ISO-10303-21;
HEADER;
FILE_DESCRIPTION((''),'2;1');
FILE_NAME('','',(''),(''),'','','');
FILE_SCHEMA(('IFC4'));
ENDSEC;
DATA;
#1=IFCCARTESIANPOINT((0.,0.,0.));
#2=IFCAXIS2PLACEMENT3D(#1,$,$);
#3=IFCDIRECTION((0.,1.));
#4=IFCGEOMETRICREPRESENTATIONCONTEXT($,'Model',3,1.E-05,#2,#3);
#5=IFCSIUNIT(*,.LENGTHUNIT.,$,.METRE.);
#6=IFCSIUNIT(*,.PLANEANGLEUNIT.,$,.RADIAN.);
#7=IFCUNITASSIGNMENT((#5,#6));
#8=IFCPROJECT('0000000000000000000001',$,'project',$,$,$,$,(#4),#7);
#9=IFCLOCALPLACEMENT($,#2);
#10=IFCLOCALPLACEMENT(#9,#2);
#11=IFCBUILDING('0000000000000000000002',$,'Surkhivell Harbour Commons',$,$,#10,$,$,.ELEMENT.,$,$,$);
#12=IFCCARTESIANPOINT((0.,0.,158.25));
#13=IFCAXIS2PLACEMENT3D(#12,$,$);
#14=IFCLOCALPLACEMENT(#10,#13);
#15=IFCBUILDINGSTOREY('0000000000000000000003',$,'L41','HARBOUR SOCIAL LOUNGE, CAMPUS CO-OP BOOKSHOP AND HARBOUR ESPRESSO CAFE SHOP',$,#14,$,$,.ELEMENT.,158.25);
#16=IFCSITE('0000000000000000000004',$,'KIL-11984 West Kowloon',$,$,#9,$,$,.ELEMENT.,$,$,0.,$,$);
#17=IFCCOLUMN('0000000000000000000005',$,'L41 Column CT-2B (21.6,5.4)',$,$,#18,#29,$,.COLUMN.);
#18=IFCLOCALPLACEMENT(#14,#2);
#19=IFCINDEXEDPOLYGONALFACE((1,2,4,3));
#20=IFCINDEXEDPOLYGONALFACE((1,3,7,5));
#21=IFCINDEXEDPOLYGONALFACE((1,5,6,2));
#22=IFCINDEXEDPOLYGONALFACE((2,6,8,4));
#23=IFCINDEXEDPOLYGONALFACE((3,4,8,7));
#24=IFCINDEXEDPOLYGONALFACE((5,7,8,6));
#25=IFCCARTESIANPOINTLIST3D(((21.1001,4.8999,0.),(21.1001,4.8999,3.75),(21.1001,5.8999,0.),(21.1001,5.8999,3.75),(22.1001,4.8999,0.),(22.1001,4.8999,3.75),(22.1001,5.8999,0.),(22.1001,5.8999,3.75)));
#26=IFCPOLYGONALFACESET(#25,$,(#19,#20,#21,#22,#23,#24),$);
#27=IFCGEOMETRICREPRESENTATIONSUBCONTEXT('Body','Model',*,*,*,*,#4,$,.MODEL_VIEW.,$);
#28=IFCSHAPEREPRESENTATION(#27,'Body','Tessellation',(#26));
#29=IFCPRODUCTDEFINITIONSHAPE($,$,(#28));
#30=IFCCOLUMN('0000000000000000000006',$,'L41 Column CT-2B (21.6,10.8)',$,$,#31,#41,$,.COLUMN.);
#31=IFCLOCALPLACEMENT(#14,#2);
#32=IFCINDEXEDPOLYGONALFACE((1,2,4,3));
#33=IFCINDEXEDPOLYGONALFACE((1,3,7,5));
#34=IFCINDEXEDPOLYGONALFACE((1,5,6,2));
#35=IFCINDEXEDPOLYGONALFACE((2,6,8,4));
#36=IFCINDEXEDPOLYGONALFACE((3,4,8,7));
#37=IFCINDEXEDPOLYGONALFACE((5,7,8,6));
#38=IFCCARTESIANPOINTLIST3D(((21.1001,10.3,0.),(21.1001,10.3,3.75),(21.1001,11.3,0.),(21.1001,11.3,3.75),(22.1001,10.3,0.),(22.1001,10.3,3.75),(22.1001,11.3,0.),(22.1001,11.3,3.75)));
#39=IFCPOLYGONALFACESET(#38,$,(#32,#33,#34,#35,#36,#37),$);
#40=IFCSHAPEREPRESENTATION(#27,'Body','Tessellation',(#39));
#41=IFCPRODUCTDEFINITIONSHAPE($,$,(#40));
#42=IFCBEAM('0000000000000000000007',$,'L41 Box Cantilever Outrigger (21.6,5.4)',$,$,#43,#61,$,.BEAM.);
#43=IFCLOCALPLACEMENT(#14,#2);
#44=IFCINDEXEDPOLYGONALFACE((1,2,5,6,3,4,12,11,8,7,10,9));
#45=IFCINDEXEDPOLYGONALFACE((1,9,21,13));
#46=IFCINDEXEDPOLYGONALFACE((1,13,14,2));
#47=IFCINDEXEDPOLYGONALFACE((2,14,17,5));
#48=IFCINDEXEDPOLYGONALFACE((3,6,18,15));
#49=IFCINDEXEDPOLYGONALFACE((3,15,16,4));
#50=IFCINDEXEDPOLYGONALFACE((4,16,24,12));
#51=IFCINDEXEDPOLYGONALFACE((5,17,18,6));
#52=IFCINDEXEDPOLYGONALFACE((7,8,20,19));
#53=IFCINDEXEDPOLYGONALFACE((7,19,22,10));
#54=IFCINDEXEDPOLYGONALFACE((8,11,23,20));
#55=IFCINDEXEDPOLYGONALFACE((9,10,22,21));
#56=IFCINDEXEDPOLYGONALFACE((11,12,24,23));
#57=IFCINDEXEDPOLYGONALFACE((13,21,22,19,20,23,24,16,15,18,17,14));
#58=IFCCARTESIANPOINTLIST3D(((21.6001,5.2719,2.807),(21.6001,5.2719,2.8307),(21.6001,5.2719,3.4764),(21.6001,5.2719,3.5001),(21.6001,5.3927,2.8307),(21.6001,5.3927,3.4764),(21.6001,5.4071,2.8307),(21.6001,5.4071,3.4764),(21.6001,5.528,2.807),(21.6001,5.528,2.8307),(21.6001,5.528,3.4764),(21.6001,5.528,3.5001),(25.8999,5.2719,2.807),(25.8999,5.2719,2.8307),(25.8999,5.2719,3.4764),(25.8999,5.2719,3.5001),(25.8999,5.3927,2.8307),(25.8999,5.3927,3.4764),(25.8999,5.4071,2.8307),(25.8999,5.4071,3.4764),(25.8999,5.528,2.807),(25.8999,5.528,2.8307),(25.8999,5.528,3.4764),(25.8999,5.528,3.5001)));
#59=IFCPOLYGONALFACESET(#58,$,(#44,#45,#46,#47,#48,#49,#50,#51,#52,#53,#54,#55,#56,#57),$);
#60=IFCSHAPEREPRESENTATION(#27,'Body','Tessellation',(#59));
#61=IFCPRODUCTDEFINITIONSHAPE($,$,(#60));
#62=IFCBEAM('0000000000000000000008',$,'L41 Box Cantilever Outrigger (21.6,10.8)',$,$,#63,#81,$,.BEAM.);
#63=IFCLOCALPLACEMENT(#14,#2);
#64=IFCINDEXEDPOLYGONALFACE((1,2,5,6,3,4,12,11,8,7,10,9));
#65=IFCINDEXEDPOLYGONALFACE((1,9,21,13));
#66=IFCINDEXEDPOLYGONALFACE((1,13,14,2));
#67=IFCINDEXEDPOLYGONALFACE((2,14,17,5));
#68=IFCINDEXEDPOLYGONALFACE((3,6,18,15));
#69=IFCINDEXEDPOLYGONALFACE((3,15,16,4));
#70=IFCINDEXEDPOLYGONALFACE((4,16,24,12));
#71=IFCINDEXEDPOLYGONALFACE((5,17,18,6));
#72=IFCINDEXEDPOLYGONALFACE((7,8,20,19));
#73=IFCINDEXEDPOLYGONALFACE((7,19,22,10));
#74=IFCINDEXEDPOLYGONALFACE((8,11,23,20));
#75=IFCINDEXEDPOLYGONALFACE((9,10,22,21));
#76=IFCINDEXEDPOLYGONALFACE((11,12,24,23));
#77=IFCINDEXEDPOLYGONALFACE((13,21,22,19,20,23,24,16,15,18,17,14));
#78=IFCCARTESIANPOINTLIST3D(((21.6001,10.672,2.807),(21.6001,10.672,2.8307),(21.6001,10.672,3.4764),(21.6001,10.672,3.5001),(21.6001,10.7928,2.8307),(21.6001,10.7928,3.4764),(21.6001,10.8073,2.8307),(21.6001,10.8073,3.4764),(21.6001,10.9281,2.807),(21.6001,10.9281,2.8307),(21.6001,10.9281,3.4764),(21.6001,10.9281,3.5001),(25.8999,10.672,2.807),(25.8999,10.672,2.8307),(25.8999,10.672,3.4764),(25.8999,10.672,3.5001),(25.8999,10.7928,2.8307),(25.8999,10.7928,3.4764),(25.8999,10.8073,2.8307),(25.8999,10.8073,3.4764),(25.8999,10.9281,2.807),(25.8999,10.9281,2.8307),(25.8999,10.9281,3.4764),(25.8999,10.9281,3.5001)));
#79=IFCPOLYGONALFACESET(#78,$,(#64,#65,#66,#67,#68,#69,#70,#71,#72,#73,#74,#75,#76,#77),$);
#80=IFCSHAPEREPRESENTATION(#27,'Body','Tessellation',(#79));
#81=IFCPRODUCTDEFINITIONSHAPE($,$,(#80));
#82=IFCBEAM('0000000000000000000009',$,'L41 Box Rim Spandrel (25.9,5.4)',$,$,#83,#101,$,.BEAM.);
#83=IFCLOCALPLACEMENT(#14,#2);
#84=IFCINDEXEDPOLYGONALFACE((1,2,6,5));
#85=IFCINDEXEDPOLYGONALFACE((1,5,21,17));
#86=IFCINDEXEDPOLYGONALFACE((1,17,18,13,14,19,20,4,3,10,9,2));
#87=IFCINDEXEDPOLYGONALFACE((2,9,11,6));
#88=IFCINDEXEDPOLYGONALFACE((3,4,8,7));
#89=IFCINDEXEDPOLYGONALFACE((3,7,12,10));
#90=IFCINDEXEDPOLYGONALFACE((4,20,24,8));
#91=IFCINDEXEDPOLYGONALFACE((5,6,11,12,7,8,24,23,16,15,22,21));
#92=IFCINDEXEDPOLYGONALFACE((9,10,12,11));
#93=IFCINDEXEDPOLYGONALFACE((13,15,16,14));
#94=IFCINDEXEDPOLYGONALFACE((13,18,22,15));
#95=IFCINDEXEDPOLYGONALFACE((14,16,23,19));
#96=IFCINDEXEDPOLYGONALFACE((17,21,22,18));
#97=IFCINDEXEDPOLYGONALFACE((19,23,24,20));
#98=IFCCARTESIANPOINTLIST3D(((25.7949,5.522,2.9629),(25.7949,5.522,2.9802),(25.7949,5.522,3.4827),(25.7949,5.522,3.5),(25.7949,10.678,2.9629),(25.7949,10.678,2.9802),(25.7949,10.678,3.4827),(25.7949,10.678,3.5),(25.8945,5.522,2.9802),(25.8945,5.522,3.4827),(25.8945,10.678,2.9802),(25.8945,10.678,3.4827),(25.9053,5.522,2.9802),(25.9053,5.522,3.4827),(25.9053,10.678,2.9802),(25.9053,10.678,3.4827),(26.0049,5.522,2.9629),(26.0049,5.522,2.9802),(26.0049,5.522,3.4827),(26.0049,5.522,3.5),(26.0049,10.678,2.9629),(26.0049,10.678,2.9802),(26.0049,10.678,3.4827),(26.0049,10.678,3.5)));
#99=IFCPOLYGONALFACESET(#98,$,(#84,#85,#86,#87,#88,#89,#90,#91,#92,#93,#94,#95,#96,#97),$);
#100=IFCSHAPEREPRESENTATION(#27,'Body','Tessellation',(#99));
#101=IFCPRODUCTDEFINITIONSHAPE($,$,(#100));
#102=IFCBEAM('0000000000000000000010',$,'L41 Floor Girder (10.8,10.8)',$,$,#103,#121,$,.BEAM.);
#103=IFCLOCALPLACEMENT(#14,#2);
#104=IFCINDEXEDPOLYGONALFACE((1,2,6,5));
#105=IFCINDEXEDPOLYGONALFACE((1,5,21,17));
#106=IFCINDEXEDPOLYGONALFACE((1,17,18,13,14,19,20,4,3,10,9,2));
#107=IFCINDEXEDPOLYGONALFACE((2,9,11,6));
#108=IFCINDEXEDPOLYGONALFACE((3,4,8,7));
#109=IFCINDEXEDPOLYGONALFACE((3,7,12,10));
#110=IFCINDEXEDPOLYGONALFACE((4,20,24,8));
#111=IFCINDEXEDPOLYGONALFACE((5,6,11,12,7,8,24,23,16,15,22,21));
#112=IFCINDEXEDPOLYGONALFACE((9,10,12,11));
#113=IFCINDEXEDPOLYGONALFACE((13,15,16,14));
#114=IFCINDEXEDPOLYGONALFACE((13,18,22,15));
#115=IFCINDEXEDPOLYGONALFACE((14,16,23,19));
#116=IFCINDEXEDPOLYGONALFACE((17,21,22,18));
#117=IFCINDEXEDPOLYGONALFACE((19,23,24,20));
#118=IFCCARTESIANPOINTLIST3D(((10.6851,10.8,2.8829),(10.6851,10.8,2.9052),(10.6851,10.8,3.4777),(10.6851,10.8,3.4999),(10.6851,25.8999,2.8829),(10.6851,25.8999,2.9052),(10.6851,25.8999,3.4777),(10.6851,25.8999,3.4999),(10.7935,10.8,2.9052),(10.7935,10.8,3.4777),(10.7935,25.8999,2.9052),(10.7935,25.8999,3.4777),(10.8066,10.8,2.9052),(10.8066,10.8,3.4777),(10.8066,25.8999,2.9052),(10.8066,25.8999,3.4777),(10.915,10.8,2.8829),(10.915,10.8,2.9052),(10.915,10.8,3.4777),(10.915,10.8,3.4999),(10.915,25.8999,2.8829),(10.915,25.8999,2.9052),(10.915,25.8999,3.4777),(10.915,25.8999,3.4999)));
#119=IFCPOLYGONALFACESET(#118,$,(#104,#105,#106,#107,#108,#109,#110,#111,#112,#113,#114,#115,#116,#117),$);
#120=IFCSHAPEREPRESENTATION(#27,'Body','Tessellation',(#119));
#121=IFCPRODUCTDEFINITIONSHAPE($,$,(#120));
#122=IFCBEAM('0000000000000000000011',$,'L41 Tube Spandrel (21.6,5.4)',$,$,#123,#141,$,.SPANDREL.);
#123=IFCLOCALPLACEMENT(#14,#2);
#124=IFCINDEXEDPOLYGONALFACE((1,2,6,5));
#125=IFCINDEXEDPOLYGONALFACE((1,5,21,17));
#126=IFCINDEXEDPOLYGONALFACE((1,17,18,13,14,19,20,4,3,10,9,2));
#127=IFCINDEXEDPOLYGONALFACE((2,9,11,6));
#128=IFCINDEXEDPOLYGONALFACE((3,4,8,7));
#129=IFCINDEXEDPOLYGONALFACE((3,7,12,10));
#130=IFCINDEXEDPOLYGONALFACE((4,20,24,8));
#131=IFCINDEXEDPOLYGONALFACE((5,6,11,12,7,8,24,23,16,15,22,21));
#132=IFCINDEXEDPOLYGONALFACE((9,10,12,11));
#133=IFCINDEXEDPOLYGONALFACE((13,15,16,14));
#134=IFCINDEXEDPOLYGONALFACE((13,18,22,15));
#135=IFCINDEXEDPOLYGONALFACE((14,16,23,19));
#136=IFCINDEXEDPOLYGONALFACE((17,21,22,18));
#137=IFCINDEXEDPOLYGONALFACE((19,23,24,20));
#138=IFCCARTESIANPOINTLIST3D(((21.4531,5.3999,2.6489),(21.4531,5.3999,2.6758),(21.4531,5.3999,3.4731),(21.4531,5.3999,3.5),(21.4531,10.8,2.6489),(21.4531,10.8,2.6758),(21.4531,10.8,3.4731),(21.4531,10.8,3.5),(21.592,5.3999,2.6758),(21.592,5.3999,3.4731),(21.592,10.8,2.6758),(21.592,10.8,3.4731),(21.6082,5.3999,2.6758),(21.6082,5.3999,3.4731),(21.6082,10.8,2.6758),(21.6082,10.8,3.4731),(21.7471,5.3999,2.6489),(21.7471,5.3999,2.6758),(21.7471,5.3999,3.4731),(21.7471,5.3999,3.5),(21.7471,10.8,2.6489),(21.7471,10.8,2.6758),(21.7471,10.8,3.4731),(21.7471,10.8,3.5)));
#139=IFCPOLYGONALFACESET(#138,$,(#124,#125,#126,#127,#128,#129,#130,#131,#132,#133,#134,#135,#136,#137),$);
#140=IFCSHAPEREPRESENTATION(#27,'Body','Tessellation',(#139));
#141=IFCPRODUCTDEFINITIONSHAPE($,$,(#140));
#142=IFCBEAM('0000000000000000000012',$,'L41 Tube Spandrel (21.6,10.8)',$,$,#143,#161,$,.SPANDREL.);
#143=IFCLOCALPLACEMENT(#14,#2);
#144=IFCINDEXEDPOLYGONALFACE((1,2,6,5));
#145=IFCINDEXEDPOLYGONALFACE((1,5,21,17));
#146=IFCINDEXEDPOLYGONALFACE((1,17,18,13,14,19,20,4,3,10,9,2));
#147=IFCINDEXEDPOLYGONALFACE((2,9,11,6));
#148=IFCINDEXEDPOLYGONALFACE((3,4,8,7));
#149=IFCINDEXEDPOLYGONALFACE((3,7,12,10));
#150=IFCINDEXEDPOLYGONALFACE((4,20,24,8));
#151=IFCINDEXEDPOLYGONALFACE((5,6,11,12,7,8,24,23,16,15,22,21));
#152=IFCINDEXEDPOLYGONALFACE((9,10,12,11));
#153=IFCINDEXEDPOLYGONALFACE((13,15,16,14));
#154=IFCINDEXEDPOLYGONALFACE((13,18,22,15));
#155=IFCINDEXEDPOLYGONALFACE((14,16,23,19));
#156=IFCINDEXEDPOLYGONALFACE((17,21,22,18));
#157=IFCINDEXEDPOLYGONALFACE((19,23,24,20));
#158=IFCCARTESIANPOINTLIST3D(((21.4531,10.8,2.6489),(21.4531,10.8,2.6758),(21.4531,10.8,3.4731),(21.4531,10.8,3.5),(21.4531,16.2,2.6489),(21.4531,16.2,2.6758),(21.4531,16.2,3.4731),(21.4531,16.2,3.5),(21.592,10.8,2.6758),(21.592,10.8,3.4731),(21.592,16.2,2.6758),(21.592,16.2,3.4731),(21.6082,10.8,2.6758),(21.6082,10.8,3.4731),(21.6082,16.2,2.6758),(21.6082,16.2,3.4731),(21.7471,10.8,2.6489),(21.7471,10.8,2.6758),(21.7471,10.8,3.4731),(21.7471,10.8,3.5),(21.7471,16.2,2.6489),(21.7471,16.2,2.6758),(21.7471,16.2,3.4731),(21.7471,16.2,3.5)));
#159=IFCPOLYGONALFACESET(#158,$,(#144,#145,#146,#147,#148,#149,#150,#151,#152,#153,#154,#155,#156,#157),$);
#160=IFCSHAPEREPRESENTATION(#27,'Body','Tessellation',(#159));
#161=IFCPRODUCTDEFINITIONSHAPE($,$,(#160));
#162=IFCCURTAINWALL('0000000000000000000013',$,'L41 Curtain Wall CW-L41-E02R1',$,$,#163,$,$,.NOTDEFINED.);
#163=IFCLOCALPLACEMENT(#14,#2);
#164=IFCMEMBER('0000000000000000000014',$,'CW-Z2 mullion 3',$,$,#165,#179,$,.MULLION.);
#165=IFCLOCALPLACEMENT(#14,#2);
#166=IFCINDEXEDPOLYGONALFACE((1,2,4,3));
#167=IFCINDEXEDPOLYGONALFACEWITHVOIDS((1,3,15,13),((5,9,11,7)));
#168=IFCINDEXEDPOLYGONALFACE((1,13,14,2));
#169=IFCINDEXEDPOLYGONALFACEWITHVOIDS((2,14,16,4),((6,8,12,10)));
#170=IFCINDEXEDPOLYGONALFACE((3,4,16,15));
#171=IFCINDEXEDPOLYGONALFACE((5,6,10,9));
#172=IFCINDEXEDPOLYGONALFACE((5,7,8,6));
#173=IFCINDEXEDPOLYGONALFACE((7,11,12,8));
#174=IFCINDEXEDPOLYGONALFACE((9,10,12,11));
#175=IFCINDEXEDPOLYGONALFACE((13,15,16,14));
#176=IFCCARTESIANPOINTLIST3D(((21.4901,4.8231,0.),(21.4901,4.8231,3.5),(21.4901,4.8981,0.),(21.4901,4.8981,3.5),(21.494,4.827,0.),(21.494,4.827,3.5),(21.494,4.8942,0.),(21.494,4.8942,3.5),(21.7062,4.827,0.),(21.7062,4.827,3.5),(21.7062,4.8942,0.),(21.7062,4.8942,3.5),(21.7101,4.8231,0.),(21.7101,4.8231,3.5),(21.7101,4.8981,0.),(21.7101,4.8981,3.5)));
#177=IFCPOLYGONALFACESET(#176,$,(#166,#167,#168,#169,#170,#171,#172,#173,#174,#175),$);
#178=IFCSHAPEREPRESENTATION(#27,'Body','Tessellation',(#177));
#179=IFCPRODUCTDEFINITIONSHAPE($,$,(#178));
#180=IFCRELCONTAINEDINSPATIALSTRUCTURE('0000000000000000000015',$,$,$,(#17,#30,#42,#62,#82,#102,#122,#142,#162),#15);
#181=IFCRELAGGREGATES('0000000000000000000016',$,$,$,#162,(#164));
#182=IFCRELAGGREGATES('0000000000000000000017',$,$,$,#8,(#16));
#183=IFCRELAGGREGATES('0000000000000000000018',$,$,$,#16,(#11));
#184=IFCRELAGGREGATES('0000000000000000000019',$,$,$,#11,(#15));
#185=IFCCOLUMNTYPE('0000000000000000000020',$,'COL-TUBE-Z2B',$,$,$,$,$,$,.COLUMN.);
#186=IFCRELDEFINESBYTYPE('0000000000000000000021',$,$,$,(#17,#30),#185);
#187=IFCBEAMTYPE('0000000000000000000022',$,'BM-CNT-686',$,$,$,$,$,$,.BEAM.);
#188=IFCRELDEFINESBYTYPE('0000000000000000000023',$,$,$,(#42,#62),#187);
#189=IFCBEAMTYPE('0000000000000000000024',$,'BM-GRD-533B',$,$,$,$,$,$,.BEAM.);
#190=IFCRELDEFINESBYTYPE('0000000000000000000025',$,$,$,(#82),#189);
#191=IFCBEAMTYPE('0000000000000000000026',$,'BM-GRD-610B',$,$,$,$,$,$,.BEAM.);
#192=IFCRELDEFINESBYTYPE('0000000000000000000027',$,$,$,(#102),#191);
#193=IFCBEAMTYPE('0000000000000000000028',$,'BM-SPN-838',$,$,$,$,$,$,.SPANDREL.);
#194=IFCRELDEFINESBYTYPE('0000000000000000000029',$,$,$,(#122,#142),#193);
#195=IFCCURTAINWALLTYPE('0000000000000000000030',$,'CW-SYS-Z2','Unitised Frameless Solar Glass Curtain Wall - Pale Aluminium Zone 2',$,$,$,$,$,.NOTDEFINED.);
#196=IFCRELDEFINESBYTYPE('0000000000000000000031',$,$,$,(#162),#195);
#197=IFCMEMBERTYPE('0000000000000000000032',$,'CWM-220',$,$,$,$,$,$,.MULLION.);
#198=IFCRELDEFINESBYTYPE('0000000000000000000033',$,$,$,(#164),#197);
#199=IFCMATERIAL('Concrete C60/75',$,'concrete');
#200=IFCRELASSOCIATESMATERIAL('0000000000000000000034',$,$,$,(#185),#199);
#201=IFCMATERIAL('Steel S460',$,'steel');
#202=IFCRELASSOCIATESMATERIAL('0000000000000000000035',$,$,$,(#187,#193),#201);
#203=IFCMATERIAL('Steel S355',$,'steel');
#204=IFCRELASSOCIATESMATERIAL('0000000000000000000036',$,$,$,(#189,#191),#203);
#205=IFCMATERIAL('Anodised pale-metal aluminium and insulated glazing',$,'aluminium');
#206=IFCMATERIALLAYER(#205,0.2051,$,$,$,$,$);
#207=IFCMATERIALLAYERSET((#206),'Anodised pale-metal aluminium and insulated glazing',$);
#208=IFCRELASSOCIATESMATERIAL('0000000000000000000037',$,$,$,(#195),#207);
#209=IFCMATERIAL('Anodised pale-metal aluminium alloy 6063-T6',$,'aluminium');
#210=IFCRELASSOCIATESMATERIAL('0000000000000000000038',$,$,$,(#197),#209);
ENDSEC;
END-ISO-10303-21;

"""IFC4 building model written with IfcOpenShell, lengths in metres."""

from ifc_helpers import new_model, si_unit, direction, frame, origin, origin_2d, place, context, subcontext, project, spatial, rectangle, hollow_rectangle, i_section, extrude, material, layer, layer_set, material_profile, profile_set, type_object, element, aggregate, save


model = new_model("IFC4")

# Units and contexts
model_context = context("Model", 3, precision=1e-05, world=origin(), true_north=direction((0.0, 1.0)))
body_context = subcontext(model_context, "Body", "Model", "MODEL_VIEW")
ifc_project = project(units=[si_unit("LENGTHUNIT", "METRE"), si_unit("PLANEANGLEUNIT", "RADIAN")], contexts=[model_context])

# Site, building, storey
site_placement = place(None, origin())
site = spatial("IfcSite", under=ifc_project, at=site_placement, Name="KIL-11984 West Kowloon", CompositionType="ELEMENT", RefElevation=0.0)
building_placement = place(site_placement, origin())
building = spatial("IfcBuilding", under=site, at=building_placement, Name="Surkhivell Harbour Commons", CompositionType="ELEMENT")
storey_placement = place(building_placement, frame((0.0, 0.0, 158.25)))
storey = spatial("IfcBuildingStorey", under=building, at=storey_placement, Name="L41", Description="HARBOUR SOCIAL LOUNGE, CAMPUS CO-OP BOOKSHOP AND HARBOUR ESPRESSO CAFE SHOP", CompositionType="ELEMENT", Elevation=158.25)

# Columns
ifc_material_1 = material(Name="Concrete C60/75", Category="concrete")
ifc_material_profile_1 = material_profile(ifc_material_1, rectangle(XDim=1.0, YDim=1.0, at=origin_2d()), Name="RC-COL-1000x1000")
ifc_profile_set_1 = profile_set([ifc_material_profile_1], Name="Concrete C60/75")
column_type = type_object("IfcColumnType", Name="COL-TUBE-Z2B", PredefinedType="COLUMN", material=ifc_profile_set_1)
for number, where, z_axis, x_axis, name in (
    (1, (21.6001, 5.3999, 0.0), (0.0, 0.0, 1.0), (1.0, 0.0, 0.0), "L41 Column CT-2B (21.6,5.4)"),
    (2, (21.6001, 10.8, 0.0), (0.0, 0.0, 1.0), (1.0, 0.0, 0.0), "L41 Column CT-2B (21.6,10.8)"),
):
    element("IfcColumn", number, at=place(storey_placement, frame(where, z_axis=z_axis, x_axis=x_axis)), inside=storey, type_object=column_type, Name=name, PredefinedType="COLUMN", context=body_context, shape_type="SweptSolid", body=[
        extrude(rectangle(XDim=1.0, YDim=1.0, at=origin_2d()), origin(), (0.0, 0.0, 1.0), 3.75),
    ])

# Beams
ifc_material_2 = material(Name="Steel S460", Category="steel")
ifc_material_profile_2 = material_profile(ifc_material_2, i_section(OverallWidth=0.2561, OverallDepth=0.6931, WebThickness=0.0144, FlangeThickness=0.0237, at=origin_2d()), Name="UB686x254x170")
ifc_profile_set_2 = profile_set([ifc_material_profile_2], Name="Steel S460")
beam_type_1 = type_object("IfcBeamType", Name="BM-CNT-686", PredefinedType="BEAM", material=ifc_profile_set_2)
for number, where, z_axis, x_axis, name in (
    (3, (21.6001, 5.3999, 3.1536), (1.0, 0.0, 0.0), (0.0, 1.0, 0.0), "L41 Box Cantilever Outrigger (21.6,5.4)"),
    (4, (21.6001, 10.8, 3.1536), (1.0, 0.0, 0.0), (0.0, 1.0, 0.0), "L41 Box Cantilever Outrigger (21.6,10.8)"),
):
    element("IfcBeam", number, at=place(storey_placement, frame(where, z_axis=z_axis, x_axis=x_axis)), inside=storey, type_object=beam_type_1, Name=name, PredefinedType="BEAM", context=body_context, shape_type="SweptSolid", body=[
        extrude(i_section(OverallWidth=0.2561, OverallDepth=0.6931, WebThickness=0.0144, FlangeThickness=0.0237, at=origin_2d()), origin(), (0.0, 0.0, 1.0), 4.2998),
    ])
ifc_material_3 = material(Name="Steel S355", Category="steel")
ifc_material_profile_3 = material_profile(ifc_material_3, i_section(OverallWidth=0.21, OverallDepth=0.5371, WebThickness=0.0107, FlangeThickness=0.0173, at=origin_2d()), Name="UB533x210x101")
ifc_profile_set_3 = profile_set([ifc_material_profile_3], Name="Steel S355")
beam_type_2 = type_object("IfcBeamType", Name="BM-GRD-533B", PredefinedType="BEAM", material=ifc_profile_set_3)
beam_1_placement = place(storey_placement, frame((25.8999, 5.522, 3.2314), z_axis=(0.0, 1.0, 0.0), x_axis=(-1.0, 0.0, 0.0)))
element("IfcBeam", 5, at=beam_1_placement, inside=storey, type_object=beam_type_2, Name="L41 Box Rim Spandrel (25.9,5.4)", PredefinedType="BEAM", context=body_context, shape_type="SweptSolid", body=[
    extrude(i_section(OverallWidth=0.21, OverallDepth=0.5371, WebThickness=0.0107, FlangeThickness=0.0173, at=origin_2d()), origin(), (0.0, 0.0, 1.0), 5.156),
])
ifc_material_profile_4 = material_profile(ifc_material_3, i_section(OverallWidth=0.23, OverallDepth=0.6169, WebThickness=0.0132, FlangeThickness=0.0222, at=origin_2d()), Name="UB610x229x140")
ifc_profile_set_4 = profile_set([ifc_material_profile_4], Name="Steel S355")
beam_type_3 = type_object("IfcBeamType", Name="BM-GRD-610B", PredefinedType="BEAM", material=ifc_profile_set_4)
beam_2_placement = place(storey_placement, frame((10.8, 10.8, 3.1914), z_axis=(0.0, 1.0, 0.0), x_axis=(-1.0, 0.0, 0.0)))
element("IfcBeam", 6, at=beam_2_placement, inside=storey, type_object=beam_type_3, Name="L41 Floor Girder (10.8,10.8)", PredefinedType="BEAM", context=body_context, shape_type="SweptSolid", body=[
    extrude(i_section(OverallWidth=0.23, OverallDepth=0.6169, WebThickness=0.0132, FlangeThickness=0.0222, at=origin_2d()), origin(), (0.0, 0.0, 1.0), 15.0999),
])
ifc_material_profile_5 = material_profile(ifc_material_2, i_section(OverallWidth=0.2939, OverallDepth=0.8511, WebThickness=0.0161, FlangeThickness=0.0269, at=origin_2d()), Name="UB838x292x226")
ifc_profile_set_5 = profile_set([ifc_material_profile_5], Name="Steel S460")
beam_type_4 = type_object("IfcBeamType", Name="BM-SPN-838", PredefinedType="SPANDREL", material=ifc_profile_set_5)
beam_3_placement = place(storey_placement, frame((21.6001, 5.3999, 3.0745), z_axis=(0.0, 1.0, 0.0), x_axis=(-1.0, 0.0, 0.0)))
element("IfcBeam", 7, at=beam_3_placement, inside=storey, type_object=beam_type_4, Name="L41 Tube Spandrel (21.6,5.4)", PredefinedType="SPANDREL", context=body_context, shape_type="SweptSolid", body=[
    extrude(i_section(OverallWidth=0.2939, OverallDepth=0.8511, WebThickness=0.0161, FlangeThickness=0.0269, at=origin_2d()), origin(), (0.0, 0.0, 1.0), 5.4001),
])
beam_4_placement = place(storey_placement, frame((21.6001, 10.8, 3.0745), z_axis=(0.0, 1.0, 0.0), x_axis=(-1.0, 0.0, 0.0)))
element("IfcBeam", 8, at=beam_4_placement, inside=storey, type_object=beam_type_4, Name="L41 Tube Spandrel (21.6,10.8)", PredefinedType="SPANDREL", context=body_context, shape_type="SweptSolid", body=[
    extrude(i_section(OverallWidth=0.2939, OverallDepth=0.8511, WebThickness=0.0161, FlangeThickness=0.0269, at=origin_2d()), origin(), (0.0, 0.0, 1.0), 5.3999),
])

# Curtain wall, member
ifc_material_4 = material(Name="Anodised pale-metal aluminium and insulated glazing", Category="aluminium")
ifc_layer_1 = layer(ifc_material_4, 0.2051)
ifc_layer_set_1 = layer_set([ifc_layer_1], Name="Anodised pale-metal aluminium and insulated glazing")
curtain_wall_type = type_object("IfcCurtainWallType", Name="CW-SYS-Z2", Description="Unitised Frameless Solar Glass Curtain Wall - Pale Aluminium Zone 2", PredefinedType="NOTDEFINED", material=ifc_layer_set_1)
curtain_wall_1_placement = place(storey_placement, origin())
curtain_wall_1 = element("IfcCurtainWall", 9, at=curtain_wall_1_placement, inside=storey, type_object=curtain_wall_type, Name="L41 Curtain Wall CW-L41-E02R1", PredefinedType="NOTDEFINED")
ifc_material_5 = material(Name="Anodised pale-metal aluminium alloy 6063-T6", Category="aluminium")
ifc_material_profile_6 = material_profile(ifc_material_5, hollow_rectangle(XDim=0.075, YDim=0.22, WallThickness=0.0039, at=origin_2d()), Name="ALU-MULL-75x220")
ifc_profile_set_6 = profile_set([ifc_material_profile_6], Name="Anodised pale-metal aluminium alloy 6063-T6")
member_type_1 = type_object("IfcMemberType", Name="CWM-220", PredefinedType="MULLION", material=ifc_profile_set_6)
member_1_placement = place(storey_placement, frame((21.6001, 4.8606, 0.0), z_axis=(0.0, 0.0, 1.0), x_axis=(0.0, 1.0, 0.0)))
member_1 = element("IfcMember", 10, at=member_1_placement, type_object=member_type_1, Name="CW-Z2 mullion 3", PredefinedType="MULLION", context=body_context, shape_type="SweptSolid", body=[
    extrude(hollow_rectangle(XDim=0.075, YDim=0.22, WallThickness=0.0039, at=origin_2d()), origin(), (0.0, 0.0, 1.0), 3.5),
])
aggregate(curtain_wall_1, [member_1])

save(model, "model.ifc")
